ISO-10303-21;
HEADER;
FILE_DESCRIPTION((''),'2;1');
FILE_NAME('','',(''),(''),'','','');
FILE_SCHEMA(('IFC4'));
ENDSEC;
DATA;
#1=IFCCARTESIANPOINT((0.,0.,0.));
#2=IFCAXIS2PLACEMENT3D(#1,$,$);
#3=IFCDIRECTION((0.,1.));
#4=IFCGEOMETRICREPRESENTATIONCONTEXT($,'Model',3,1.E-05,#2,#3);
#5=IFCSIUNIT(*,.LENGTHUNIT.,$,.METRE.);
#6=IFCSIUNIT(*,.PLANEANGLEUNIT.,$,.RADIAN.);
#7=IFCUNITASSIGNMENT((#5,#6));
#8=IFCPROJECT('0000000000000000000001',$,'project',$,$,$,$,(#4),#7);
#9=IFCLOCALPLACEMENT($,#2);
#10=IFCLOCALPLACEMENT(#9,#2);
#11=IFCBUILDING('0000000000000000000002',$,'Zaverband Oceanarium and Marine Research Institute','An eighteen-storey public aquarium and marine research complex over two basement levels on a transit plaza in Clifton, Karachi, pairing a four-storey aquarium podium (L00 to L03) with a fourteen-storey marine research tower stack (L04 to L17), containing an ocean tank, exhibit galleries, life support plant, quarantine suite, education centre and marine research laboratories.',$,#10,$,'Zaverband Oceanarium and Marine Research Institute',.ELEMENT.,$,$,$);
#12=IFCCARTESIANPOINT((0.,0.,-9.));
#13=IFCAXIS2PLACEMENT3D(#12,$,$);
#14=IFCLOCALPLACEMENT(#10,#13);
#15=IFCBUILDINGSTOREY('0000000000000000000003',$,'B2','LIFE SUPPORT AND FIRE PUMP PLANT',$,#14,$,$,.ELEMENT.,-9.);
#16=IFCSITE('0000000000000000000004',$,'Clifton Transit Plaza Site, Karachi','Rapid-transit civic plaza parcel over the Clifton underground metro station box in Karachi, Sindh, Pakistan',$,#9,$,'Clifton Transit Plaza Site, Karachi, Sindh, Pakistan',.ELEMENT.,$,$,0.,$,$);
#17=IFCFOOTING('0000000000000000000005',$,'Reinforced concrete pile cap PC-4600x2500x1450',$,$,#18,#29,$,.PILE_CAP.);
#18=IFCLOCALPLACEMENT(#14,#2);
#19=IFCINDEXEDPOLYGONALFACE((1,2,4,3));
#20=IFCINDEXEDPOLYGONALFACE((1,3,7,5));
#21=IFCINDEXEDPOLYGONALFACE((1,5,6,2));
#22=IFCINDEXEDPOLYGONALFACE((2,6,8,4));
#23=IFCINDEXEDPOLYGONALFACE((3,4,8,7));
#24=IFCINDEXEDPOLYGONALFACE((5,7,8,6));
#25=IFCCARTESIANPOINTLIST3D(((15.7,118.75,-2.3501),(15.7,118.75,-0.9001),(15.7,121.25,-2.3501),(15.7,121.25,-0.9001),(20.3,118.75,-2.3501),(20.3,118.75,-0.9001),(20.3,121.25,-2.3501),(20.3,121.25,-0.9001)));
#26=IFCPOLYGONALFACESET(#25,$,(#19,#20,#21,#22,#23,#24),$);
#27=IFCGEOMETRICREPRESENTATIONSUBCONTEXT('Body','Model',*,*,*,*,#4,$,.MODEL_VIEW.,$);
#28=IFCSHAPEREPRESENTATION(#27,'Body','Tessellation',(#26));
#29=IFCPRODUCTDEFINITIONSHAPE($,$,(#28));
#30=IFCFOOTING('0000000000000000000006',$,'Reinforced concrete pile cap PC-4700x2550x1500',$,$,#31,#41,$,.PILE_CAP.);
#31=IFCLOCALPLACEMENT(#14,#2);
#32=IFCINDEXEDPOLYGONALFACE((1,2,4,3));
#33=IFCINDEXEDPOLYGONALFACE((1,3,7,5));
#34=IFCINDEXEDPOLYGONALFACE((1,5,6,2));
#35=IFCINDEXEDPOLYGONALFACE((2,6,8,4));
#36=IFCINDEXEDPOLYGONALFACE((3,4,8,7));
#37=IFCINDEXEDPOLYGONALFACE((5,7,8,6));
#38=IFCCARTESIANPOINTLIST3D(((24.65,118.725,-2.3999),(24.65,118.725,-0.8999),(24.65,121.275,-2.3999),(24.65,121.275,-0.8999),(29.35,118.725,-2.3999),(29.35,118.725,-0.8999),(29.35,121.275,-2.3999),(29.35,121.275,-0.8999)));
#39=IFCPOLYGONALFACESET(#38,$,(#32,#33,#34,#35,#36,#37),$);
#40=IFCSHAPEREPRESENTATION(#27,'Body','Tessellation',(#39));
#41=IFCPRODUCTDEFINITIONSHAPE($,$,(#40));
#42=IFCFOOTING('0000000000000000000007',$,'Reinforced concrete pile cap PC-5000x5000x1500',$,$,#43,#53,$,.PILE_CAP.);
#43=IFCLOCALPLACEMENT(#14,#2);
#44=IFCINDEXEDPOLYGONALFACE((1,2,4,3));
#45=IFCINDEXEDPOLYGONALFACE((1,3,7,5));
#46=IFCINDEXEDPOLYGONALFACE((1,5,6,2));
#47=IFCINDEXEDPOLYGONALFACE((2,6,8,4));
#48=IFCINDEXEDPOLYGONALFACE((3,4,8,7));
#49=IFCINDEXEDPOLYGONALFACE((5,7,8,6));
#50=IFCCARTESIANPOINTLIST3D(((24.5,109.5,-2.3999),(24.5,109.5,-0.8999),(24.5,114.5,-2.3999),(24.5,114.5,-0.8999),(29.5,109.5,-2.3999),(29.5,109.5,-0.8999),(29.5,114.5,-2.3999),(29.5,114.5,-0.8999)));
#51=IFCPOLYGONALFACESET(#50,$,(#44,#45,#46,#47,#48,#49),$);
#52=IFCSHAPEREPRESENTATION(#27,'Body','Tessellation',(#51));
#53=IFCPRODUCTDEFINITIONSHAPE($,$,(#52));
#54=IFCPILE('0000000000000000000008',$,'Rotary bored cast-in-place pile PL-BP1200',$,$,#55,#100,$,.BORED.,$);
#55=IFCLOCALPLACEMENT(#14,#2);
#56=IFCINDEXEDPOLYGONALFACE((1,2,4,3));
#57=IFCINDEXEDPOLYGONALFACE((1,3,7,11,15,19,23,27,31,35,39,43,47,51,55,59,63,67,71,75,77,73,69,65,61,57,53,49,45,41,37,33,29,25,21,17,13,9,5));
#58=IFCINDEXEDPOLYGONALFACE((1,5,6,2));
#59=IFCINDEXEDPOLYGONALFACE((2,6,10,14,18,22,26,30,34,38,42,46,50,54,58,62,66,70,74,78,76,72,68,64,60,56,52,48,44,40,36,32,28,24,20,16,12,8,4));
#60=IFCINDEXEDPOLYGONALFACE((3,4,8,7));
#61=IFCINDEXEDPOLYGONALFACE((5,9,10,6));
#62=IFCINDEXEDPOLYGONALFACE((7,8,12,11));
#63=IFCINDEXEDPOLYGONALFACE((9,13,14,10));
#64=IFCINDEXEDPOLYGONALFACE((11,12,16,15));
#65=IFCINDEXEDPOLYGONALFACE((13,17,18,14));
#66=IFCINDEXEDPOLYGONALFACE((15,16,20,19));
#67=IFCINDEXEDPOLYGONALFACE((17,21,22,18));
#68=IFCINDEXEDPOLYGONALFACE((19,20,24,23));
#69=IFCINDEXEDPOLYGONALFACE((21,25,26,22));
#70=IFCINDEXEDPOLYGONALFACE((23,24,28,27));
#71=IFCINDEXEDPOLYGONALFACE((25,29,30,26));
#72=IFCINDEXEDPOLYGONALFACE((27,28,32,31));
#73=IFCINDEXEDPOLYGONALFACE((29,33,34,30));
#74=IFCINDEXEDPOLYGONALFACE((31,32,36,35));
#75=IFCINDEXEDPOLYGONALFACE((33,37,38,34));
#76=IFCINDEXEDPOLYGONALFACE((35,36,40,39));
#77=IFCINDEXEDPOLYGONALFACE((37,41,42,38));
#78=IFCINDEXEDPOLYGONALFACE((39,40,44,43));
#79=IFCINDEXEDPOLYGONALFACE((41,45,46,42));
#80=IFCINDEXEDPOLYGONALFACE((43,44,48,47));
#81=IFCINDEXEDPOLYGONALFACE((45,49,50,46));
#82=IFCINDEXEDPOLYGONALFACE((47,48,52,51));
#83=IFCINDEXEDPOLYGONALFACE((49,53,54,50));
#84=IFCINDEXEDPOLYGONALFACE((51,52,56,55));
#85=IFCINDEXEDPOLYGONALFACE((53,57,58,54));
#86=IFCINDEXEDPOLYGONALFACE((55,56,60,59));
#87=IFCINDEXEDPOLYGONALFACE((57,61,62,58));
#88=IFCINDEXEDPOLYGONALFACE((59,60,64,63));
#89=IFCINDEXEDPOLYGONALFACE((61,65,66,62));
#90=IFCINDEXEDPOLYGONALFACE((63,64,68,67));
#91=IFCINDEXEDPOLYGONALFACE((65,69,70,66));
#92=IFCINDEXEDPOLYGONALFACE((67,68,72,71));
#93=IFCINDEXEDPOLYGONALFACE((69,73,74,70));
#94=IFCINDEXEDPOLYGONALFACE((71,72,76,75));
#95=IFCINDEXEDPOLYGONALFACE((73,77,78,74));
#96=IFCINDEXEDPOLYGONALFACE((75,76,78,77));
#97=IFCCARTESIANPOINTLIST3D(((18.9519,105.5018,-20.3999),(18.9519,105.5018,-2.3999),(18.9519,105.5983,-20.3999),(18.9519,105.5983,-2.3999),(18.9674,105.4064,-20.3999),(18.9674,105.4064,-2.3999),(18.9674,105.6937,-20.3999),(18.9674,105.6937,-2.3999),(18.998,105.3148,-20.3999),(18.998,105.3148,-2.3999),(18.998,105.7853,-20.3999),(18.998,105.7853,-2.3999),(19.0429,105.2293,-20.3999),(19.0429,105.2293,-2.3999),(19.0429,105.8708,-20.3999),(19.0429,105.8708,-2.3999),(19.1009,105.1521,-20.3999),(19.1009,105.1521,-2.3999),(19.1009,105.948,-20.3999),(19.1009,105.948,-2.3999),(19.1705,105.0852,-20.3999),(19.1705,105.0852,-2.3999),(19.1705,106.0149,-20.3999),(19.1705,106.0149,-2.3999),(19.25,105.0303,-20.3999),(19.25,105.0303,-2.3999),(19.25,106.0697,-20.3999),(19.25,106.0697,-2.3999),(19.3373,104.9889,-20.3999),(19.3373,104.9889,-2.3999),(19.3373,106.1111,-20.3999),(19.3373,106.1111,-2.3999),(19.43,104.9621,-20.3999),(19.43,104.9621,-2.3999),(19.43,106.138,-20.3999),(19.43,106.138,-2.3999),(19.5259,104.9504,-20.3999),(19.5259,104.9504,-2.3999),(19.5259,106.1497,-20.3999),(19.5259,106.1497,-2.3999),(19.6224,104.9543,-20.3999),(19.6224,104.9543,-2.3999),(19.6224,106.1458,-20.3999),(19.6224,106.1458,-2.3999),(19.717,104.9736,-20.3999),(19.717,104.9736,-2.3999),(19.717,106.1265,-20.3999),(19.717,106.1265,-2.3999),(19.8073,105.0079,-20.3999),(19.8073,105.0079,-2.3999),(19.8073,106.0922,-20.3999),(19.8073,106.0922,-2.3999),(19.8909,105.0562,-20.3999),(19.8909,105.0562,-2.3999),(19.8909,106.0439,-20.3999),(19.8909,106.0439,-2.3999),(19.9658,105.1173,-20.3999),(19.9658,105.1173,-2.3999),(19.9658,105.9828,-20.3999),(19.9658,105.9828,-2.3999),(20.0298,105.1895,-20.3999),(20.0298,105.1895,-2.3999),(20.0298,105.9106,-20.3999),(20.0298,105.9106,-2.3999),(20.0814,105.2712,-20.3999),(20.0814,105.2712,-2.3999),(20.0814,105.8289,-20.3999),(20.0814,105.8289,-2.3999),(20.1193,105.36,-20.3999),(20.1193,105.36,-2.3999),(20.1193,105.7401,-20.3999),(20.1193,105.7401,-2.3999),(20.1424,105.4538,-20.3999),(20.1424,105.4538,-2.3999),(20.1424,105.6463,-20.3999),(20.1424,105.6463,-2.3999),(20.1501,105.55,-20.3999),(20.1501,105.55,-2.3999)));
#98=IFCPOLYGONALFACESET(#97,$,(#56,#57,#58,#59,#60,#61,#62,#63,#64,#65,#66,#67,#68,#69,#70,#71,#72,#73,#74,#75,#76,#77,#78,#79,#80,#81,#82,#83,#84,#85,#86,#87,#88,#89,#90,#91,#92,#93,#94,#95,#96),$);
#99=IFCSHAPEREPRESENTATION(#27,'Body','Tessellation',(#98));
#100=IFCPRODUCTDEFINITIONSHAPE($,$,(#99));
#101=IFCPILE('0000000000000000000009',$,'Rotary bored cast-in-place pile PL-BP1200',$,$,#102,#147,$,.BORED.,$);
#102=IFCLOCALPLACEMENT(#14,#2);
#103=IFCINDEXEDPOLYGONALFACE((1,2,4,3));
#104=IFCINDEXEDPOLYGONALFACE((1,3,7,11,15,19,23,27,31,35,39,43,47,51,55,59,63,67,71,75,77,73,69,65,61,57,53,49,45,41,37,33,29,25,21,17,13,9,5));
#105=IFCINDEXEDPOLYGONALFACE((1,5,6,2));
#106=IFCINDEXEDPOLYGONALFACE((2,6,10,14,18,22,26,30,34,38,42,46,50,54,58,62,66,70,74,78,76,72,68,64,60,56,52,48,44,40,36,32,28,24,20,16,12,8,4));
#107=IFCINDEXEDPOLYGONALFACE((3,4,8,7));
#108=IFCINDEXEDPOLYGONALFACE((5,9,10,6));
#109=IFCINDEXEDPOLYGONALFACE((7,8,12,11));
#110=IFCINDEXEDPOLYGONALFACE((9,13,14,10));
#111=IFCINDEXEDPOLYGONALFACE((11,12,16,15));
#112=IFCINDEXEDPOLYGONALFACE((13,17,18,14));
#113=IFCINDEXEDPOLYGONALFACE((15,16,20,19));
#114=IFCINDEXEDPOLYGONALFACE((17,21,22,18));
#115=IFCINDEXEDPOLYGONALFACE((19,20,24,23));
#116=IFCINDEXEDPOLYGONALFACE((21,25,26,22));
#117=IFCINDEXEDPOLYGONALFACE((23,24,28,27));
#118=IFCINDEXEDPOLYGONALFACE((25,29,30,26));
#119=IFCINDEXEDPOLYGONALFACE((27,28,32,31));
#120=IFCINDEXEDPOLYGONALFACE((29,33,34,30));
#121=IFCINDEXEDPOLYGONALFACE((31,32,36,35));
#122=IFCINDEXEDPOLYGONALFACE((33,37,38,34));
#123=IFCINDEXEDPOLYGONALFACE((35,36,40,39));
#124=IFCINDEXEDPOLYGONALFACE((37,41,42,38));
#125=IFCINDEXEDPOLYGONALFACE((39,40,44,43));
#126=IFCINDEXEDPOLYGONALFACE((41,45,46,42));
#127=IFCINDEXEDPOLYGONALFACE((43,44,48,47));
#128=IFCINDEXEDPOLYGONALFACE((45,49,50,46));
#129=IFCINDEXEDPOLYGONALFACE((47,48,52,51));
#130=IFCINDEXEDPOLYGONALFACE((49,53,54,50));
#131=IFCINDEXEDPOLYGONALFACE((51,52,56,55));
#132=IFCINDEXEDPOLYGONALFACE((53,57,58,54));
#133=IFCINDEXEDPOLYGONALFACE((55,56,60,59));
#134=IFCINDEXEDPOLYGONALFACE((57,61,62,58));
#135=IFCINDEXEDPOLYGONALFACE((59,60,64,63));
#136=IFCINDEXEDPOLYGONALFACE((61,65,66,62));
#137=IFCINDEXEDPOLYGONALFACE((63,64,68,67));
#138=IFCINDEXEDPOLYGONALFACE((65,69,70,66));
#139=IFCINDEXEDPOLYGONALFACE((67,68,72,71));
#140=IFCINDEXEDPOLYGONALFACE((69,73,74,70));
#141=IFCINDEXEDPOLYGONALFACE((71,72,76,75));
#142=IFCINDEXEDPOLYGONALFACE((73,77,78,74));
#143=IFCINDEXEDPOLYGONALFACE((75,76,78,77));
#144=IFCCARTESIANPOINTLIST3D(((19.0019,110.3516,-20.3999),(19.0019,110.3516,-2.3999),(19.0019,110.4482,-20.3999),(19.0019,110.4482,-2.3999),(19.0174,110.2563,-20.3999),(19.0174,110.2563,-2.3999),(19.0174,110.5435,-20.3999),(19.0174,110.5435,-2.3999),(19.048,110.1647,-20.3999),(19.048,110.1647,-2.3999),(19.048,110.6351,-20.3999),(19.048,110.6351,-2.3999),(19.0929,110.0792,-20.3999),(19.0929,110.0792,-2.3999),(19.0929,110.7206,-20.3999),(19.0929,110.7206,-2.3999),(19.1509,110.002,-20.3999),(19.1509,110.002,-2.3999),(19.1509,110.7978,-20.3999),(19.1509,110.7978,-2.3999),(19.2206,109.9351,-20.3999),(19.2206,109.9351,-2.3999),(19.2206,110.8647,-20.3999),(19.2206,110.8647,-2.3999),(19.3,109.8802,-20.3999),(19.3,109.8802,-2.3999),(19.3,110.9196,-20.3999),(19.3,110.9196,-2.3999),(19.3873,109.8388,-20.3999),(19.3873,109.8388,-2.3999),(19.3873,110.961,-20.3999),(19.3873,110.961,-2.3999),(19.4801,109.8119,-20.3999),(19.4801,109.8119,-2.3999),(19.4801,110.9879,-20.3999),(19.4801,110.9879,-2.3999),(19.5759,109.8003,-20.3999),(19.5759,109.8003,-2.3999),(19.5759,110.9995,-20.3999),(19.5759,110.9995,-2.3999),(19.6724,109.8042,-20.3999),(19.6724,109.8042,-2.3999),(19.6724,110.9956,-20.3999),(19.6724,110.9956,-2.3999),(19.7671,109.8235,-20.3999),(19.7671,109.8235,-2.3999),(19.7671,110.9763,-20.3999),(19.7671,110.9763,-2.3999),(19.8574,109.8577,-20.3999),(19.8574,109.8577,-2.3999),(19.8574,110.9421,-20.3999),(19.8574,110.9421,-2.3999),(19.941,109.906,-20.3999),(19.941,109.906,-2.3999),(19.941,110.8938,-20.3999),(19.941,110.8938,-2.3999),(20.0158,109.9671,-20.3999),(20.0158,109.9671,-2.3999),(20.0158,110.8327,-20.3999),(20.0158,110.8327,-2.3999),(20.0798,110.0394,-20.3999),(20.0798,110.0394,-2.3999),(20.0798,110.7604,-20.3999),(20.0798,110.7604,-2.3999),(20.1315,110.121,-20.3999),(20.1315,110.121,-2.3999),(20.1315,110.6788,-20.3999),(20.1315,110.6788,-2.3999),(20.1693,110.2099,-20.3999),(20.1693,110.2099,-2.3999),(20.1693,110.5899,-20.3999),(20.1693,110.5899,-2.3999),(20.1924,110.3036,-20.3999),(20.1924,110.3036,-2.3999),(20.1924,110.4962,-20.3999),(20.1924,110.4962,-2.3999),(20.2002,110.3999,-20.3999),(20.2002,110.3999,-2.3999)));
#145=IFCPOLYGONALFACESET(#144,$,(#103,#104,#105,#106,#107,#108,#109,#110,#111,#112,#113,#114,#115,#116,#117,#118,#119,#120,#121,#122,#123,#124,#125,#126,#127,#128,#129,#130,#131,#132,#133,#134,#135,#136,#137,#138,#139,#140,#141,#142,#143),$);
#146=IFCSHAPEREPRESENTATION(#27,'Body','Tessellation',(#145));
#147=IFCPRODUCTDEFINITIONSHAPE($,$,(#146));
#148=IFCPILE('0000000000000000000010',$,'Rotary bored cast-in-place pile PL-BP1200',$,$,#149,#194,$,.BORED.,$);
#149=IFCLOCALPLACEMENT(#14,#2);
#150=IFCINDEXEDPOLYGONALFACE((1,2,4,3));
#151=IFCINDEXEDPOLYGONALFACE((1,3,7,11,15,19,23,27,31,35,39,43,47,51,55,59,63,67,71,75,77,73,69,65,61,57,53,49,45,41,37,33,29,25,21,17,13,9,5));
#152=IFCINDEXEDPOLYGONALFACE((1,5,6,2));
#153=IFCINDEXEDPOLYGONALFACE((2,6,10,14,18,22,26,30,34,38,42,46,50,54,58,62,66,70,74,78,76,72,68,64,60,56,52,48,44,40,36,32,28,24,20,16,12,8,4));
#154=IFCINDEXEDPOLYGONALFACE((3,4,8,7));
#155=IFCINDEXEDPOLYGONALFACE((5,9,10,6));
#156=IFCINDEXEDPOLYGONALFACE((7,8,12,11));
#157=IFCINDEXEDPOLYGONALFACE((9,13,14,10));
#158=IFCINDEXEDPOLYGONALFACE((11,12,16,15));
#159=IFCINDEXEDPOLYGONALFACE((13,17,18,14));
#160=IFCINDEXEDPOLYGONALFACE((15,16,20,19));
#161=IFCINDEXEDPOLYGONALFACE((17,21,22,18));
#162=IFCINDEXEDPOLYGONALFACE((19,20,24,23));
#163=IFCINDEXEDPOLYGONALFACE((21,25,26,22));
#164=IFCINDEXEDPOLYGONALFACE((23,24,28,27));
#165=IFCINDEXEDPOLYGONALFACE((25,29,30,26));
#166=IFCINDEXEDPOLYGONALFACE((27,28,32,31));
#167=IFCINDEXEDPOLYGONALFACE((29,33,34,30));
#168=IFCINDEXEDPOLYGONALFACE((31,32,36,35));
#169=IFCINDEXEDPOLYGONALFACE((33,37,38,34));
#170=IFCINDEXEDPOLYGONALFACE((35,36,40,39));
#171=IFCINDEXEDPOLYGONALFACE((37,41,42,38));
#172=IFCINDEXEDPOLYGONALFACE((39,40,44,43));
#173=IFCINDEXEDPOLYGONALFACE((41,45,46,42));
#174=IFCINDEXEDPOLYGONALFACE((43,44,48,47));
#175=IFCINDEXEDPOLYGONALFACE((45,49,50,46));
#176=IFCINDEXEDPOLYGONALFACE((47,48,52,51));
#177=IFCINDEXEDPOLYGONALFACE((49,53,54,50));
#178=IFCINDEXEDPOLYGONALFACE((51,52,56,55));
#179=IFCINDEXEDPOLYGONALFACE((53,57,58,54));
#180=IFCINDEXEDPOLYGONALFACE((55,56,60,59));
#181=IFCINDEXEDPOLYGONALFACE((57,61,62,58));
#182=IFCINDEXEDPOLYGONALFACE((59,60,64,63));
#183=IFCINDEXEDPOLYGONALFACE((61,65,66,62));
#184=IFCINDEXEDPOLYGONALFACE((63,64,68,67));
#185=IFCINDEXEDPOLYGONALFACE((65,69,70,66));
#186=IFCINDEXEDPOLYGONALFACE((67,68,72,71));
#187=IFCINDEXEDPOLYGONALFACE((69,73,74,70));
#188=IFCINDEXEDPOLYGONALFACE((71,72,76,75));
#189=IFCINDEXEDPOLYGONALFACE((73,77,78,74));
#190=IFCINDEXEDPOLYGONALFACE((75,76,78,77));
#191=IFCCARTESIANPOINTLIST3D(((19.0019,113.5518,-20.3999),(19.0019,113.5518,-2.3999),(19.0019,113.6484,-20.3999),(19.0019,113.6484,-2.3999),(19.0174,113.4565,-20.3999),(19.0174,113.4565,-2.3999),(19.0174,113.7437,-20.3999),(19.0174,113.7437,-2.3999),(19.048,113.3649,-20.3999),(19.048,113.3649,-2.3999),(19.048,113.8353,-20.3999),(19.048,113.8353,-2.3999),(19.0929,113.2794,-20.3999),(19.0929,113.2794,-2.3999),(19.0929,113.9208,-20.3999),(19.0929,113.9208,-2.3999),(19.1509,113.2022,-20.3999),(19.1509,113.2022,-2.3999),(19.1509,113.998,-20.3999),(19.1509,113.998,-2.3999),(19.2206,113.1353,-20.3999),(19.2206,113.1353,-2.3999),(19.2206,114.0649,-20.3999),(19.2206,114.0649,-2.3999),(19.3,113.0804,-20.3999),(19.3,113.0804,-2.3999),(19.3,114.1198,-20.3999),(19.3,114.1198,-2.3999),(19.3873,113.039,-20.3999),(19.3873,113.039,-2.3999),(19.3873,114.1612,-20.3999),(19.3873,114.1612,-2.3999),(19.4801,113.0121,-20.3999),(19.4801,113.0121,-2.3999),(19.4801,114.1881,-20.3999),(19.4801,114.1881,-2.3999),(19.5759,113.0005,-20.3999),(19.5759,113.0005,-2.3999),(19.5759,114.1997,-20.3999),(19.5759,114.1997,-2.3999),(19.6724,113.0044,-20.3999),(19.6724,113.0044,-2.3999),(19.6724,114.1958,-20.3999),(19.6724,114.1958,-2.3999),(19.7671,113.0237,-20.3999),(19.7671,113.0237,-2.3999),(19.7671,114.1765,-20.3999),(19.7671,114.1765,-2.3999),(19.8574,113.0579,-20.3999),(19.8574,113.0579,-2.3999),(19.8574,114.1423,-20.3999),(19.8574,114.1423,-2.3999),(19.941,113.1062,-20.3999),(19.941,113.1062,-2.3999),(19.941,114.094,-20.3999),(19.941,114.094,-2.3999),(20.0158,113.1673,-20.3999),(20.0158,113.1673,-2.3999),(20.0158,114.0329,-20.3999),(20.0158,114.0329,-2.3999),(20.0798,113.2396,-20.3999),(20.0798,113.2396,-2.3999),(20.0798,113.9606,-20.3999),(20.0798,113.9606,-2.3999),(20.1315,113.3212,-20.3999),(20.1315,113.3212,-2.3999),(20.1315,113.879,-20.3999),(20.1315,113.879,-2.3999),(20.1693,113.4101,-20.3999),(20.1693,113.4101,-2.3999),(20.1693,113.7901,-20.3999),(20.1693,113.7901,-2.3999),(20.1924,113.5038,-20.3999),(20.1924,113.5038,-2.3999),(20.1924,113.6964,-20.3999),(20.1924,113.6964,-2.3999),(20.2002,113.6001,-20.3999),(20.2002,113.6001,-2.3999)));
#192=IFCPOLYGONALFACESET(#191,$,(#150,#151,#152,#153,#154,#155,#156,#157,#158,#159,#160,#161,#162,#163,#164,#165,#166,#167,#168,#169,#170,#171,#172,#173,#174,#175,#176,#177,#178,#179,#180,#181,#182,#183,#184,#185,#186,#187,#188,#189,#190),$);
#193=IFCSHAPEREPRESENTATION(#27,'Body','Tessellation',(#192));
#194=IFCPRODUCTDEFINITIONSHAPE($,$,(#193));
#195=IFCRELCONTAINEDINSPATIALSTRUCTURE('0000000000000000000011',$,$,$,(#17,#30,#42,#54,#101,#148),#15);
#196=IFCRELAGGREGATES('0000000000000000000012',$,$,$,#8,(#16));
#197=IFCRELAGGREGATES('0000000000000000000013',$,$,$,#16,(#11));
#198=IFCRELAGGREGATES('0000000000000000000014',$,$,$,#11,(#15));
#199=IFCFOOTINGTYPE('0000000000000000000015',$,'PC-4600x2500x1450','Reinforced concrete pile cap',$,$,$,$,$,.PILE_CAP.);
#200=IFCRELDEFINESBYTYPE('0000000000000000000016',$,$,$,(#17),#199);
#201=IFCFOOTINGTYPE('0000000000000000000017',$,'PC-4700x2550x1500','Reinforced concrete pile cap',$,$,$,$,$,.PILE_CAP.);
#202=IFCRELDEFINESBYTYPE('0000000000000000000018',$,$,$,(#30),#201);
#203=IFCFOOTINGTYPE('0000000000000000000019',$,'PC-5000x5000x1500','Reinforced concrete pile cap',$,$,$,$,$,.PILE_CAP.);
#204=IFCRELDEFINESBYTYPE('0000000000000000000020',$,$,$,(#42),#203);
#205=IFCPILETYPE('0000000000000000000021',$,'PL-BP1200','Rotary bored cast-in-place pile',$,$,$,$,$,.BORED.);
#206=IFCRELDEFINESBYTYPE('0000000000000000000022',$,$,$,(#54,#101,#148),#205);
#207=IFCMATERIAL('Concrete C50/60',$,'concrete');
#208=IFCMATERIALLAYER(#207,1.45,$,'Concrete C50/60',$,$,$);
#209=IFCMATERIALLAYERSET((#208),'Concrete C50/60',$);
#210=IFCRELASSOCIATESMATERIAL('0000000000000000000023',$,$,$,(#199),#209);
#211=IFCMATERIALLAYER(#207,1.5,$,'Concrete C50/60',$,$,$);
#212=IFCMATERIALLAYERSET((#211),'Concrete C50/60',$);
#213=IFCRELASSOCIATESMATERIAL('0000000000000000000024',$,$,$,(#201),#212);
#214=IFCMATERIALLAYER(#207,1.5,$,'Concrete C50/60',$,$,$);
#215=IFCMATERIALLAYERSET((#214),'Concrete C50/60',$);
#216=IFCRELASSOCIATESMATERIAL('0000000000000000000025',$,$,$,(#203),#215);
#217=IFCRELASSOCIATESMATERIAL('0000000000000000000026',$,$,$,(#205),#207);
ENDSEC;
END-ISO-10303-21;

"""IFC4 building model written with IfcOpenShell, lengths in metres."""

from ifc_helpers import new_model, si_unit, direction, frame, origin, origin_2d, place, context, subcontext, project, spatial, rectangle, circle, extrude, material, layer, layer_set, material_profile, profile_set, type_object, element, save


model = new_model("IFC4")

# Units and contexts
model_context = context("Model", 3, precision=1e-05, world=origin(), true_north=direction((0.0, 1.0)))
body_context = subcontext(model_context, "Body", "Model", "MODEL_VIEW")
ifc_project = project(units=[si_unit("LENGTHUNIT", "METRE"), si_unit("PLANEANGLEUNIT", "RADIAN")], contexts=[model_context])

# Site, building, storey
site_placement = place(None, origin())
site = spatial("IfcSite", under=ifc_project, at=site_placement, Name="Clifton Transit Plaza Site, Karachi", Description="Rapid-transit civic plaza parcel over the Clifton underground metro station box in Karachi, Sindh, Pakistan", LongName="Clifton Transit Plaza Site, Karachi, Sindh, Pakistan", CompositionType="ELEMENT", RefElevation=0.0)
building_placement = place(site_placement, origin())
building = spatial("IfcBuilding", under=site, at=building_placement, Name="Zaverband Oceanarium and Marine Research Institute", Description="An eighteen-storey public aquarium and marine research complex over two basement levels on a transit plaza in Clifton, Karachi, pairing a four-storey aquarium podium (L00 to L03) with a fourteen-storey marine research tower stack (L04 to L17), containing an ocean tank, exhibit galleries, life support plant, quarantine suite, education centre and marine research laboratories.", LongName="Zaverband Oceanarium and Marine Research Institute", CompositionType="ELEMENT")
storey_placement = place(building_placement, frame((0.0, 0.0, -9.0)))
storey = spatial("IfcBuildingStorey", under=building, at=storey_placement, Name="B2", Description="LIFE SUPPORT AND FIRE PUMP PLANT", CompositionType="ELEMENT", Elevation=-9.0)

# Footings
ifc_material_1 = material(Name="Concrete C50/60", Category="concrete")
ifc_layer_1 = layer(ifc_material_1, 1.45, Name="Concrete C50/60")
ifc_layer_set_1 = layer_set([ifc_layer_1], Name="Concrete C50/60")
footing_type_1 = type_object("IfcFootingType", Name="PC-4600x2500x1450", Description="Reinforced concrete pile cap", PredefinedType="PILE_CAP", material=ifc_layer_set_1)
footing_1_placement = place(storey_placement, frame((18.0, 120.0, -2.3501), z_axis=(0.0, 0.0, 1.0), x_axis=(1.0, 0.0, 0.0)))
element("IfcFooting", 1, at=footing_1_placement, inside=storey, type_object=footing_type_1, Name="Reinforced concrete pile cap PC-4600x2500x1450", PredefinedType="PILE_CAP", context=body_context, shape_type="SweptSolid", body=[
    extrude(rectangle(XDim=4.6001, YDim=2.5, at=origin_2d()), origin(), (0.0, 0.0, 1.0), 1.45),
])
ifc_layer_2 = layer(ifc_material_1, 1.5, Name="Concrete C50/60")
ifc_layer_set_2 = layer_set([ifc_layer_2], Name="Concrete C50/60")
footing_type_2 = type_object("IfcFootingType", Name="PC-4700x2550x1500", Description="Reinforced concrete pile cap", PredefinedType="PILE_CAP", material=ifc_layer_set_2)
footing_2_placement = place(storey_placement, frame((27.0, 120.0, -2.3999), z_axis=(0.0, 0.0, 1.0), x_axis=(1.0, 0.0, 0.0)))
element("IfcFooting", 2, at=footing_2_placement, inside=storey, type_object=footing_type_2, Name="Reinforced concrete pile cap PC-4700x2550x1500", PredefinedType="PILE_CAP", context=body_context, shape_type="SweptSolid", body=[
    extrude(rectangle(XDim=4.7, YDim=2.55, at=origin_2d()), origin(), (0.0, 0.0, 1.0), 1.5),
])
ifc_layer_3 = layer(ifc_material_1, 1.5, Name="Concrete C50/60")
ifc_layer_set_3 = layer_set([ifc_layer_3], Name="Concrete C50/60")
footing_type_3 = type_object("IfcFootingType", Name="PC-5000x5000x1500", Description="Reinforced concrete pile cap", PredefinedType="PILE_CAP", material=ifc_layer_set_3)
footing_3_placement = place(storey_placement, frame((27.0, 112.0, -2.3999), z_axis=(0.0, 0.0, 1.0), x_axis=(1.0, 0.0, 0.0)))
element("IfcFooting", 3, at=footing_3_placement, inside=storey, type_object=footing_type_3, Name="Reinforced concrete pile cap PC-5000x5000x1500", PredefinedType="PILE_CAP", context=body_context, shape_type="SweptSolid", body=[
    extrude(rectangle(XDim=5.0, YDim=5.0, at=origin_2d()), origin(), (0.0, 0.0, 1.0), 1.5),
])

# Piles
ifc_material_profile_1 = material_profile(ifc_material_1, circle(Radius=0.6001, at=origin_2d()), Name="BP1200")
ifc_profile_set_1 = profile_set([ifc_material_profile_1], Name="Concrete C50/60")
pile_type = type_object("IfcPileType", Name="PL-BP1200", Description="Rotary bored cast-in-place pile", PredefinedType="BORED", material=ifc_profile_set_1)
for number, where, z_axis, x_axis, name in (
    (4, (19.55, 105.55, -2.3999), (0.0, 0.0, -1.0), (1.0, 0.0, 0.0), "Rotary bored cast-in-place pile PL-BP1200"),
    (5, (19.6001, 110.3999, -2.3999), (0.0, 0.0, -1.0), (1.0, 0.0, 0.0), "Rotary bored cast-in-place pile PL-BP1200"),
    (6, (19.6001, 113.6001, -2.3999), (0.0, 0.0, -1.0), (1.0, 0.0, 0.0), "Rotary bored cast-in-place pile PL-BP1200"),
):
    element("IfcPile", number, at=place(storey_placement, frame(where, z_axis=z_axis, x_axis=x_axis)), inside=storey, type_object=pile_type, Name=name, PredefinedType="BORED", context=body_context, shape_type="SweptSolid", body=[
        extrude(circle(Radius=0.6001, at=origin_2d()), origin(), (0.0, 0.0, 1.0), 18.0),
    ])

save(model, "model.ifc")
